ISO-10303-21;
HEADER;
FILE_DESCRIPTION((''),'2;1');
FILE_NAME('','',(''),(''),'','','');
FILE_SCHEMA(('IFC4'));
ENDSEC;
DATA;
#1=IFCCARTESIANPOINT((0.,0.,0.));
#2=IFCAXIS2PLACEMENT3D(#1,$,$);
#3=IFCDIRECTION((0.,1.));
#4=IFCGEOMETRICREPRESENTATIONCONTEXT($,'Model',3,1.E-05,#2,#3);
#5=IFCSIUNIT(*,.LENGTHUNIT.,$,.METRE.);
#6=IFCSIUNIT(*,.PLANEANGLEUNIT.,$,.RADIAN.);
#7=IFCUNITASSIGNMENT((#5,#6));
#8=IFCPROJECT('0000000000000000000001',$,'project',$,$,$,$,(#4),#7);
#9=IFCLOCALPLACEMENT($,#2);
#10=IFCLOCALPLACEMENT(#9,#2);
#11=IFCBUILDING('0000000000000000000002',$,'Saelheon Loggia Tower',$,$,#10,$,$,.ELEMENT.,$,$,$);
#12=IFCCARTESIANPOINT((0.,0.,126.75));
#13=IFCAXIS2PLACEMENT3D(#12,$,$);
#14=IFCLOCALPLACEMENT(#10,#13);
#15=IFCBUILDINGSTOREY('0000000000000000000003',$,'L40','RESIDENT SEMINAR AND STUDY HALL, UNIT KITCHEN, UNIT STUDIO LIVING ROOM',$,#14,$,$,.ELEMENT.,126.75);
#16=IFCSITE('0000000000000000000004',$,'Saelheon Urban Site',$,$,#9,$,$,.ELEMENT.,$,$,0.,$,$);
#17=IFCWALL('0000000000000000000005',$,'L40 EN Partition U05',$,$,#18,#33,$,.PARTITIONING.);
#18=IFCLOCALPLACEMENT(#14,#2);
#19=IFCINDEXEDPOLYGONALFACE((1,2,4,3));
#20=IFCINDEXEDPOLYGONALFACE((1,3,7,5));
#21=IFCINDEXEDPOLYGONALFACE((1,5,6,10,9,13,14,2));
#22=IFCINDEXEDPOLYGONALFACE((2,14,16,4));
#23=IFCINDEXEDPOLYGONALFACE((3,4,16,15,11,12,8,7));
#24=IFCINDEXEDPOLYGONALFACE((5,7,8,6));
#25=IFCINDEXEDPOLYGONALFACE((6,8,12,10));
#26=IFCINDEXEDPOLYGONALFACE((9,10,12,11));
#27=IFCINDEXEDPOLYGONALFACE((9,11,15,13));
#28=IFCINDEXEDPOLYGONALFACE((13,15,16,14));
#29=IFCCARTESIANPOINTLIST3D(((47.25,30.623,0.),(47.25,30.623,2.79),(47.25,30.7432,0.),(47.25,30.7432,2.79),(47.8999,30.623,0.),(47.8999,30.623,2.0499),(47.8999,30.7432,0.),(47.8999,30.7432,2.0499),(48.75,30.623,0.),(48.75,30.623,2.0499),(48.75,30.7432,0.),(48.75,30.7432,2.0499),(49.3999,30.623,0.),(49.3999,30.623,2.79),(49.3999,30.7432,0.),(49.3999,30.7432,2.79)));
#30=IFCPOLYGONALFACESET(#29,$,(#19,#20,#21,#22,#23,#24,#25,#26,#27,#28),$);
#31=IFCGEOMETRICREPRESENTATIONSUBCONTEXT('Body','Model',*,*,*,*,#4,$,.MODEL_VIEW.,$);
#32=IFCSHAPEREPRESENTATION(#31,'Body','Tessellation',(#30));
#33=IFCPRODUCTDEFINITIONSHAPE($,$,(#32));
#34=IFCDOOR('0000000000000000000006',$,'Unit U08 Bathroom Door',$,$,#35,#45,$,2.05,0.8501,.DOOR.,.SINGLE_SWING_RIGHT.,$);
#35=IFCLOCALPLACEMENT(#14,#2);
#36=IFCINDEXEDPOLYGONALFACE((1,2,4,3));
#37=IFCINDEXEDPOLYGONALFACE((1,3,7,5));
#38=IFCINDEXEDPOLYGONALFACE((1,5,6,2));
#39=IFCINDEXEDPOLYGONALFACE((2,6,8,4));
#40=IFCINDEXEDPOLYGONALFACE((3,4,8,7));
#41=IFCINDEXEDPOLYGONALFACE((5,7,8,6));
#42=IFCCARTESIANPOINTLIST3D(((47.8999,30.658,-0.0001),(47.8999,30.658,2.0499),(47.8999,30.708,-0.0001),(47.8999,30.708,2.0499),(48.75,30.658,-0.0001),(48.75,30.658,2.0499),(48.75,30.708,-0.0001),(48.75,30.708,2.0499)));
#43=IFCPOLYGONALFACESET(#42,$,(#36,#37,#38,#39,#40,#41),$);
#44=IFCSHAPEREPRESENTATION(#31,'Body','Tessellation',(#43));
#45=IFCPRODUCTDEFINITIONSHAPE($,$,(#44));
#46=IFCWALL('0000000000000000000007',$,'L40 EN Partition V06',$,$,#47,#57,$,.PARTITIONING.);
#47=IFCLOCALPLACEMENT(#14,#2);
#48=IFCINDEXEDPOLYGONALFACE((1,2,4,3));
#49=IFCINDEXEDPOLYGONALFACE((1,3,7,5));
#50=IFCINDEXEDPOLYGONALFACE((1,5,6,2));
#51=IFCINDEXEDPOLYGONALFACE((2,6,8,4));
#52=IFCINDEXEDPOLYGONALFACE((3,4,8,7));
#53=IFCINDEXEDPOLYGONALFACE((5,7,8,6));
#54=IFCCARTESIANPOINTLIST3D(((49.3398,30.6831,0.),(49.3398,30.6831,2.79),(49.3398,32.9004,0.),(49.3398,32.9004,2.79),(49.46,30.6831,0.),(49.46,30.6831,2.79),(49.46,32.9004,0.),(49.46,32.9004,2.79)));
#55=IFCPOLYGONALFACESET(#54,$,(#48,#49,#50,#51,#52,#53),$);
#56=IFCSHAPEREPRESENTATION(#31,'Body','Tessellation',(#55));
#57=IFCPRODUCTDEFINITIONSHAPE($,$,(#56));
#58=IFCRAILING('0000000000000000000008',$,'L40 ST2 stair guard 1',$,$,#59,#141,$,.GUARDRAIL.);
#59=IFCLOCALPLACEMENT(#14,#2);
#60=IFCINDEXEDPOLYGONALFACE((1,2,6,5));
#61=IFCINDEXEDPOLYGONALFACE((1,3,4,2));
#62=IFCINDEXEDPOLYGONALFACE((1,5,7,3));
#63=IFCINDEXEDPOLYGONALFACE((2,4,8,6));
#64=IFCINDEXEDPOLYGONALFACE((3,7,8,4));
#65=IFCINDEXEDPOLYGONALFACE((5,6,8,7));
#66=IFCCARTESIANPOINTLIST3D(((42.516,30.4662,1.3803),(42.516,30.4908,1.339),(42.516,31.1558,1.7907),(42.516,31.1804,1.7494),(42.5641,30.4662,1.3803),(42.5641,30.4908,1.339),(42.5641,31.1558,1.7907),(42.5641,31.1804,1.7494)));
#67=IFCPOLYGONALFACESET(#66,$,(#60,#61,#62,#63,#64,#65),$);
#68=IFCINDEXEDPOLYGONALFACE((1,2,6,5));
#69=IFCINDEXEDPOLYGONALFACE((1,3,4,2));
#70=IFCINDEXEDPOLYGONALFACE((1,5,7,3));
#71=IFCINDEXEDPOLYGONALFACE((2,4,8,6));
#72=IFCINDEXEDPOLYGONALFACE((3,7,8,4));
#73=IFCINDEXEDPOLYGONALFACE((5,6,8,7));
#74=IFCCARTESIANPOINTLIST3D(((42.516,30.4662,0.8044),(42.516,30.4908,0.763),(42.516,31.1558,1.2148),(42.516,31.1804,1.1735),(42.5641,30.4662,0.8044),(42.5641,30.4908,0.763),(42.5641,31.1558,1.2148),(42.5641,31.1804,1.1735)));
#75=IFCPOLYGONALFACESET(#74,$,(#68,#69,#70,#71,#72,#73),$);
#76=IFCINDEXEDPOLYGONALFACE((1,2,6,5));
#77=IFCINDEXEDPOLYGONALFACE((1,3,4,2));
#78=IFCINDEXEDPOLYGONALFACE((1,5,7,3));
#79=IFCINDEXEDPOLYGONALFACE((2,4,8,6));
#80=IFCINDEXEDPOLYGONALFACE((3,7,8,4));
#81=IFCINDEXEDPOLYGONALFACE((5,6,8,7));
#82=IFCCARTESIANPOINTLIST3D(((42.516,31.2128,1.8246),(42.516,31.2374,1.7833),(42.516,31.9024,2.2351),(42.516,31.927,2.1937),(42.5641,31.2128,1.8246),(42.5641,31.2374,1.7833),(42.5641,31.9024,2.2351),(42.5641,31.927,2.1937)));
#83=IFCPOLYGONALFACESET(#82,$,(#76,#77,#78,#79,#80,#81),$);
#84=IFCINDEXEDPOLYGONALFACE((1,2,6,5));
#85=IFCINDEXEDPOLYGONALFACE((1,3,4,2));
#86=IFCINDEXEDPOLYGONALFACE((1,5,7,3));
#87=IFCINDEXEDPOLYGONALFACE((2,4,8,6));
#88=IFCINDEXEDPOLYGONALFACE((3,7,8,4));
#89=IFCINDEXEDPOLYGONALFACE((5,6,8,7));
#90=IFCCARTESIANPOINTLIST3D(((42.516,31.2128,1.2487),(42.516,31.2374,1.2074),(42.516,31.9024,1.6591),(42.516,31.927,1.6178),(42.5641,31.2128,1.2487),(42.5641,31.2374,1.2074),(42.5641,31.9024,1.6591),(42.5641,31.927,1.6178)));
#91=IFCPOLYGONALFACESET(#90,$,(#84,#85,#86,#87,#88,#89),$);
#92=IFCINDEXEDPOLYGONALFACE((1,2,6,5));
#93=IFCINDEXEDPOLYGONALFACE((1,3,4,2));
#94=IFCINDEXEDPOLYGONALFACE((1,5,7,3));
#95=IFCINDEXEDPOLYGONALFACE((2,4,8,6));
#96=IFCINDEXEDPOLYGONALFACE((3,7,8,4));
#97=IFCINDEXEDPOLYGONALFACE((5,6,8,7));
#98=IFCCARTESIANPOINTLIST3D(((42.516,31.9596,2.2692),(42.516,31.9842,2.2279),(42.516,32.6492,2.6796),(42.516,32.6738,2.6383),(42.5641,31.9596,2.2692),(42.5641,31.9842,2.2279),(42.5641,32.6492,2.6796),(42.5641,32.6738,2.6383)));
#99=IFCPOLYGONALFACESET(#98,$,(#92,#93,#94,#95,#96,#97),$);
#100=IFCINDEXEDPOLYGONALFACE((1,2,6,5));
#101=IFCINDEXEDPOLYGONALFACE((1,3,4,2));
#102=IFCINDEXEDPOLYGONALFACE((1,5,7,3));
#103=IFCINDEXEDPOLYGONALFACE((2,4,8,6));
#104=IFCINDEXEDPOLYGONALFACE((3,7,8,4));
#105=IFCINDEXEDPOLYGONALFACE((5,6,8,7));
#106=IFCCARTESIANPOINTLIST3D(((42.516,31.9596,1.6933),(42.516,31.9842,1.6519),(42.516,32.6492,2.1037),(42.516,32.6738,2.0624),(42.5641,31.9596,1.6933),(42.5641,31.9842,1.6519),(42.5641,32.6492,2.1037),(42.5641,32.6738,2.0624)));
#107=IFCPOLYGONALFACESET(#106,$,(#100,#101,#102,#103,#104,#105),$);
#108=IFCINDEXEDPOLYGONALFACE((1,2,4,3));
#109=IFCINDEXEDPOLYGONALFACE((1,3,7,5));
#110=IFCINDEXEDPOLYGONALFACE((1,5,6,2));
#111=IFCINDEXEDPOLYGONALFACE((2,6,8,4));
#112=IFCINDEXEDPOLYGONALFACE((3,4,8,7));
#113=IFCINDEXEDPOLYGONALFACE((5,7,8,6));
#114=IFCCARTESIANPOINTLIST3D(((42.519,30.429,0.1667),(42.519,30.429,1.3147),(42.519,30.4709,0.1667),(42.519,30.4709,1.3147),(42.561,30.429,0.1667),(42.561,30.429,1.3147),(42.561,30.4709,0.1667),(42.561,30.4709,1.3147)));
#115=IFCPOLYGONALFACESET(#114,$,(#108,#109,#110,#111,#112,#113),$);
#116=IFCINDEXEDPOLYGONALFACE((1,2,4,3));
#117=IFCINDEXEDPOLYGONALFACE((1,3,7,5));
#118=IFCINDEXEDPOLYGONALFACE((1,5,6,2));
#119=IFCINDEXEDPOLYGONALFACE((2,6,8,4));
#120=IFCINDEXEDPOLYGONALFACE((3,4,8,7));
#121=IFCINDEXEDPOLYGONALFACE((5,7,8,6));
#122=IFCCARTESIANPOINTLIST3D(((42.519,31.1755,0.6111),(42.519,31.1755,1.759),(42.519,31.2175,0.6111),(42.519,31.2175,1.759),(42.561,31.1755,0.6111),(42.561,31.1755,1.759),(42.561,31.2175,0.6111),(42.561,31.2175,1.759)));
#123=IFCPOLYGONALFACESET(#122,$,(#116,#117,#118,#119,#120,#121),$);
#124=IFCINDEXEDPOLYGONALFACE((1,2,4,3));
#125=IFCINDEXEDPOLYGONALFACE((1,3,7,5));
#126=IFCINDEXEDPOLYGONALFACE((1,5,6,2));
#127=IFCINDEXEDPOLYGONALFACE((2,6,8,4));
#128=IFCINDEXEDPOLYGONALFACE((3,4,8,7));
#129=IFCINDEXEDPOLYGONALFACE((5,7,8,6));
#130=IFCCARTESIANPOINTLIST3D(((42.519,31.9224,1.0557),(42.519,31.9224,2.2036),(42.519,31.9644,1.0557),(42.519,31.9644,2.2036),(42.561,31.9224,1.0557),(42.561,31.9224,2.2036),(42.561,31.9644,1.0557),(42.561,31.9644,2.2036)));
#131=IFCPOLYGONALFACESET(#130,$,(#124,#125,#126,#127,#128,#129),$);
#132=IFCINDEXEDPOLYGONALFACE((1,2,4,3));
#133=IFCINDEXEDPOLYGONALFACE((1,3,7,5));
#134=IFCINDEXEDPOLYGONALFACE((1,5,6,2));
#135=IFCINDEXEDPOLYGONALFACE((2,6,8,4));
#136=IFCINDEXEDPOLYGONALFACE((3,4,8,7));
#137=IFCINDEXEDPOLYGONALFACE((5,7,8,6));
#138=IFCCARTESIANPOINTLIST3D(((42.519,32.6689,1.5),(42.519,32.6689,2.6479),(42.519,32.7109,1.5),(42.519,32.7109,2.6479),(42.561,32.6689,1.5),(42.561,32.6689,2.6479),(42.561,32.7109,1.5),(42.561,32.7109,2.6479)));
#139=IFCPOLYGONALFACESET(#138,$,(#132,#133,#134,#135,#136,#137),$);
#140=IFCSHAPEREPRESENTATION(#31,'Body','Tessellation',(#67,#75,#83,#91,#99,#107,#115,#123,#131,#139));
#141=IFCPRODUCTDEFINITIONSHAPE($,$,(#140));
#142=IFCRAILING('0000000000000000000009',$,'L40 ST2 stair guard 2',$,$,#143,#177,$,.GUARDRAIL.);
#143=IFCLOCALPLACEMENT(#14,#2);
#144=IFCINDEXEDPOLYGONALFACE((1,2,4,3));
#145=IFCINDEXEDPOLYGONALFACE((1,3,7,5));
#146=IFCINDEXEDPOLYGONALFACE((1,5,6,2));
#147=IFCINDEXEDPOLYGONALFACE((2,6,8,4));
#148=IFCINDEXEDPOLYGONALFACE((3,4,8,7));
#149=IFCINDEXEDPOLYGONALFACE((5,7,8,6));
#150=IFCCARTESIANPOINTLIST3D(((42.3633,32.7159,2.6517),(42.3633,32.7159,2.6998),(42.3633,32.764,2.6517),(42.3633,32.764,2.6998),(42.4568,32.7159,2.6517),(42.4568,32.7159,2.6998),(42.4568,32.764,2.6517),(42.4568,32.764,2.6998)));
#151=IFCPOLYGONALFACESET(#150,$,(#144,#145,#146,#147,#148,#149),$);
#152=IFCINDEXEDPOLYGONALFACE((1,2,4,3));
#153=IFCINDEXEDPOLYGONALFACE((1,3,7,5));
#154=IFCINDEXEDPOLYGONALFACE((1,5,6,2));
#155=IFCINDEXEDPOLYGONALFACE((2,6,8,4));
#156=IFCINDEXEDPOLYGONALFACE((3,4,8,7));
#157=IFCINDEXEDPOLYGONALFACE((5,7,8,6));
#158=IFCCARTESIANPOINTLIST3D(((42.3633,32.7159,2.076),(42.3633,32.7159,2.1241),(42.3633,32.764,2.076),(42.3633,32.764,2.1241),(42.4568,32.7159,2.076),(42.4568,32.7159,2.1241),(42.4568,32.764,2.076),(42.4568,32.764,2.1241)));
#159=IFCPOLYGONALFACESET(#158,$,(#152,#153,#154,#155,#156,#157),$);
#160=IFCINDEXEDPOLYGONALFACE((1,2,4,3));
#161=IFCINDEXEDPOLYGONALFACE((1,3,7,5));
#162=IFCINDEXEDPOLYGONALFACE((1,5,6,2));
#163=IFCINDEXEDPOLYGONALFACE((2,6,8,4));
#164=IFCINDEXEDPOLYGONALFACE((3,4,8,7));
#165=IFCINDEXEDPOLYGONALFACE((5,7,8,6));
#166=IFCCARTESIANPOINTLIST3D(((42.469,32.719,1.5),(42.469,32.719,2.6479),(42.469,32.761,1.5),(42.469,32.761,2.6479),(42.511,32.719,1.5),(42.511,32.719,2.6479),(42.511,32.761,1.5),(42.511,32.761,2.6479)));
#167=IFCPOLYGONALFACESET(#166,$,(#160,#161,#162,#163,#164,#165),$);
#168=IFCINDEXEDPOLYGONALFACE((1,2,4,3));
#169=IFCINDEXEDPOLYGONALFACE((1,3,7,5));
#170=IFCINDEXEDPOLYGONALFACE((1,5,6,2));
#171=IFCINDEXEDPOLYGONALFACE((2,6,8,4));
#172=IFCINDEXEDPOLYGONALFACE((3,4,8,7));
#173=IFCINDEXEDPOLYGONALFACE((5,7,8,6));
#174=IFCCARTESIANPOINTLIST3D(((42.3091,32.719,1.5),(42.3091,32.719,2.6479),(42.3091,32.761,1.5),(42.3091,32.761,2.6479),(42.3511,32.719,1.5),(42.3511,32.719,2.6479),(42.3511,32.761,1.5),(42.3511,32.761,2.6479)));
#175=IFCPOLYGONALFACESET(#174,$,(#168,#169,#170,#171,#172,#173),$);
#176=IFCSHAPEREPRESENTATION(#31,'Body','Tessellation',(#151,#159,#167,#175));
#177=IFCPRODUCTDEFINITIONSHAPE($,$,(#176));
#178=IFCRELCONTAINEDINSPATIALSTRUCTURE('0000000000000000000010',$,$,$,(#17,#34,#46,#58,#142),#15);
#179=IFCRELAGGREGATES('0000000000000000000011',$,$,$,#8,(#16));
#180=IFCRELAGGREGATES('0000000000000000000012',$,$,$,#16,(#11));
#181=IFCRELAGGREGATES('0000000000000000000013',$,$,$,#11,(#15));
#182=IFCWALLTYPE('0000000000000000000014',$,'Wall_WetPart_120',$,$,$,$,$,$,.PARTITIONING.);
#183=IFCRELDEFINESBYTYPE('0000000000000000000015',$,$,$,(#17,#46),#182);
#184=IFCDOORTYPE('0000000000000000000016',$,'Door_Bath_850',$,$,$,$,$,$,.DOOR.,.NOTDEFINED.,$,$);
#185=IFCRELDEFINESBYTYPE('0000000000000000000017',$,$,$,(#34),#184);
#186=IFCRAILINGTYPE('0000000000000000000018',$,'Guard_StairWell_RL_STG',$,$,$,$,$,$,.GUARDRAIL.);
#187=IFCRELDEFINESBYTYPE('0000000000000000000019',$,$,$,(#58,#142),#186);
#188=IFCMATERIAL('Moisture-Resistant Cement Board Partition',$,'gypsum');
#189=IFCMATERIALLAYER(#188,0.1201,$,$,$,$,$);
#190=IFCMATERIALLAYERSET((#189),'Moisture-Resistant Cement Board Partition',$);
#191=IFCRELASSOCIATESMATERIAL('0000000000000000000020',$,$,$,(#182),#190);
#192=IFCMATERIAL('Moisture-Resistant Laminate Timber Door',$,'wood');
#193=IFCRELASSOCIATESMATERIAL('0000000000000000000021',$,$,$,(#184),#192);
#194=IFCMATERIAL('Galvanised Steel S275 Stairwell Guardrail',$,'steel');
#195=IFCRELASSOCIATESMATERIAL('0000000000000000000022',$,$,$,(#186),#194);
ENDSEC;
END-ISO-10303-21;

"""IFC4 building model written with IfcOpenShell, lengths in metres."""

from ifc_helpers import new_model, si_unit, direction, frame, frame_2d, origin, origin_2d, place, context, subcontext, project, spatial, rectangle, extrude, source, transform, mapped, material, layer, layer_set, type_object, element, fill, save


model = new_model("IFC4")

# Units and contexts
model_context = context("Model", 3, precision=1e-05, world=origin(), true_north=direction((0.0, 1.0)))
body_context = subcontext(model_context, "Body", "Model", "MODEL_VIEW")
ifc_project = project(units=[si_unit("LENGTHUNIT", "METRE"), si_unit("PLANEANGLEUNIT", "RADIAN")], contexts=[model_context])

# Site, building, storey
site_placement = place(None, origin())
site = spatial("IfcSite", under=ifc_project, at=site_placement, Name="Saelheon Urban Site", CompositionType="ELEMENT", RefElevation=0.0)
building_placement = place(site_placement, origin())
building = spatial("IfcBuilding", under=site, at=building_placement, Name="Saelheon Loggia Tower", CompositionType="ELEMENT")
storey_placement = place(building_placement, frame((0.0, 0.0, 126.75)))
storey = spatial("IfcBuildingStorey", under=building, at=storey_placement, Name="L40", Description="RESIDENT SEMINAR AND STUDY HALL, UNIT KITCHEN, UNIT STUDIO LIVING ROOM", CompositionType="ELEMENT", Elevation=126.75)

# Wall, opening, door
ifc_material_1 = material(Name="Moisture-Resistant Cement Board Partition", Category="gypsum")
ifc_layer_1 = layer(ifc_material_1, 0.1201)
ifc_layer_set_1 = layer_set([ifc_layer_1], Name="Moisture-Resistant Cement Board Partition")
wall_type_1 = type_object("IfcWallType", Name="Wall_WetPart_120", PredefinedType="PARTITIONING", material=ifc_layer_set_1)
wall_1_placement = place(storey_placement, frame((47.25, 30.6831, 0.0), z_axis=(0.0, 0.0, 1.0), x_axis=(1.0, 0.0, 0.0)))
wall_1 = element("IfcWall", 1, at=wall_1_placement, inside=storey, type_object=wall_type_1, Name="L40 EN Partition U05", PredefinedType="PARTITIONING", context=body_context, shape_type="SweptSolid", body=[
    extrude(rectangle(XDim=2.1499, YDim=0.1201, at=frame_2d((1.075, 0.0))), origin(), (0.0, 0.0, 1.0), 2.79),
])
opening_1_placement = place(wall_1_placement, frame((0.6499, 0.0, 0.0)))
opening_1 = element("IfcOpeningElement", 2, at=opening_1_placement, cuts=wall_1, PredefinedType="OPENING", context=body_context, shape_type="SweptSolid", body=[
    extrude(rectangle(XDim=0.8501, YDim=2.05, at=frame_2d((0.425, 1.0249))), frame((0.0, 0.072, 0.0), z_axis=(0.0, -1.0, 0.0), x_axis=(1.0, 0.0, 0.0)), (0.0, 0.0, 1.0), 0.144),
])
ifc_material_2 = material(Name="Moisture-Resistant Laminate Timber Door", Category="wood")
door_type_1 = type_object("IfcDoorType", Name="Door_Bath_850", OperationType="NOTDEFINED", PredefinedType="DOOR", material=ifc_material_2)
shared_shape_1 = source(origin(), body_context, "Body", "SweptSolid", [
    extrude(rectangle(XDim=0.8501, YDim=2.05, at=frame_2d((0.425, 1.0249))), frame((0.0, 0.0249, 0.0), z_axis=(0.0, -1.0, 0.0), x_axis=(1.0, 0.0, 0.0)), (0.0, 0.0, 1.0), 0.05),
])
door_1_placement = place(opening_1_placement, origin())
door_1 = element("IfcDoor", 3, at=door_1_placement, inside=storey, type_object=door_type_1, Name="Unit U08 Bathroom Door", OperationType="SINGLE_SWING_RIGHT", OverallHeight=2.05, OverallWidth=0.8501, PredefinedType="DOOR", context=body_context, shape_type="MappedRepresentation", body=[
    mapped(shared_shape_1, transform((0.0, 0.0, 0.0), scale=1.0)),
])
fill(opening_1, door_1)

# Wall
wall_2_placement = place(storey_placement, frame((49.3999, 30.6831, 0.0), z_axis=(0.0, 0.0, 1.0), x_axis=(0.0, 1.0, 0.0)))
element("IfcWall", 4, at=wall_2_placement, inside=storey, type_object=wall_type_1, Name="L40 EN Partition V06", PredefinedType="PARTITIONING", context=body_context, shape_type="SweptSolid", body=[
    extrude(rectangle(XDim=2.2173, YDim=0.1201, at=frame_2d((1.1086, 0.0))), origin(), (0.0, 0.0, 1.0), 2.79),
])

# Railings
ifc_material_3 = material(Name="Galvanised Steel S275 Stairwell Guardrail", Category="steel")
railing_type_1 = type_object("IfcRailingType", Name="Guard_StairWell_RL_STG", PredefinedType="GUARDRAIL", material=ifc_material_3)
railing_1_placement = place(storey_placement, frame((42.54, 30.45, 0.1667)))
element("IfcRailing", 5, at=railing_1_placement, inside=storey, type_object=railing_type_1, Name="L40 ST2 stair guard 1", PredefinedType="GUARDRAIL", context=body_context, shape_type="SweptSolid", body=[
    extrude(rectangle(XDim=0.0481, YDim=0.0481, at=origin_2d()), frame((0.0, 0.0286, 1.1929), z_axis=(0.0, 0.859306, 0.511462), x_axis=(-1.0, 0.0, 0.0)), (0.0, 0.0, 1.0), 0.8025),
    extrude(rectangle(XDim=0.0481, YDim=0.0481, at=origin_2d()), frame((0.0, 0.0286, 0.6169), z_axis=(0.0, 0.859306, 0.511462), x_axis=(-1.0, 0.0, 0.0)), (0.0, 0.0, 1.0), 0.8025),
    extrude(rectangle(XDim=0.0481, YDim=0.0481, at=origin_2d()), frame((0.0, 0.7751, 1.6372), z_axis=(0.0, 0.859306, 0.511462), x_axis=(-1.0, 0.0, 0.0)), (0.0, 0.0, 1.0), 0.8025),
    extrude(rectangle(XDim=0.0481, YDim=0.0481, at=origin_2d()), frame((0.0, 0.7751, 1.0613), z_axis=(0.0, 0.859306, 0.511462), x_axis=(-1.0, 0.0, 0.0)), (0.0, 0.0, 1.0), 0.8025),
    extrude(rectangle(XDim=0.0481, YDim=0.0481, at=origin_2d()), frame((0.0, 1.522, 2.0818), z_axis=(0.0, 0.859306, 0.511462), x_axis=(-1.0, 0.0, 0.0)), (0.0, 0.0, 1.0), 0.8025),
    extrude(rectangle(XDim=0.0481, YDim=0.0481, at=origin_2d()), frame((0.0, 1.522, 1.5059), z_axis=(0.0, 0.859306, 0.511462), x_axis=(-1.0, 0.0, 0.0)), (0.0, 0.0, 1.0), 0.8025),
    extrude(rectangle(XDim=0.042, YDim=0.042, at=origin_2d()), origin(), (0.0, 0.0, 1.0), 1.1479),
    extrude(rectangle(XDim=0.042, YDim=0.042, at=origin_2d()), frame((0.0, 0.7466, 0.4443)), (0.0, 0.0, 1.0), 1.1479),
    extrude(rectangle(XDim=0.042, YDim=0.042, at=origin_2d()), frame((0.0, 1.4934, 0.8889)), (0.0, 0.0, 1.0), 1.1479),
    extrude(rectangle(XDim=0.042, YDim=0.042, at=origin_2d()), frame((0.0, 2.24, 1.3333)), (0.0, 0.0, 1.0), 1.1479),
])
railing_2_placement = place(storey_placement, frame((42.49, 32.74, 1.5)))
element("IfcRailing", 6, at=railing_2_placement, inside=storey, type_object=railing_type_1, Name="L40 ST2 stair guard 2", PredefinedType="GUARDRAIL", context=body_context, shape_type="SweptSolid", body=[
    extrude(rectangle(XDim=0.0481, YDim=0.0481, at=origin_2d()), frame((-0.0332, 0.0, 1.1758), z_axis=(-1.0, 0.0, 0.0), x_axis=(0.0, -1.0, 0.0)), (0.0, 0.0, 1.0), 0.0935),
    extrude(rectangle(XDim=0.0481, YDim=0.0481, at=origin_2d()), frame((-0.0332, 0.0, 0.6001), z_axis=(-1.0, 0.0, 0.0), x_axis=(0.0, -1.0, 0.0)), (0.0, 0.0, 1.0), 0.0935),
    extrude(rectangle(XDim=0.042, YDim=0.042, at=origin_2d()), origin(), (0.0, 0.0, 1.0), 1.1479),
    extrude(rectangle(XDim=0.042, YDim=0.042, at=origin_2d()), frame((-0.1599, 0.0, 0.0)), (0.0, 0.0, 1.0), 1.1479),
])

save(model, "model.ifc")
